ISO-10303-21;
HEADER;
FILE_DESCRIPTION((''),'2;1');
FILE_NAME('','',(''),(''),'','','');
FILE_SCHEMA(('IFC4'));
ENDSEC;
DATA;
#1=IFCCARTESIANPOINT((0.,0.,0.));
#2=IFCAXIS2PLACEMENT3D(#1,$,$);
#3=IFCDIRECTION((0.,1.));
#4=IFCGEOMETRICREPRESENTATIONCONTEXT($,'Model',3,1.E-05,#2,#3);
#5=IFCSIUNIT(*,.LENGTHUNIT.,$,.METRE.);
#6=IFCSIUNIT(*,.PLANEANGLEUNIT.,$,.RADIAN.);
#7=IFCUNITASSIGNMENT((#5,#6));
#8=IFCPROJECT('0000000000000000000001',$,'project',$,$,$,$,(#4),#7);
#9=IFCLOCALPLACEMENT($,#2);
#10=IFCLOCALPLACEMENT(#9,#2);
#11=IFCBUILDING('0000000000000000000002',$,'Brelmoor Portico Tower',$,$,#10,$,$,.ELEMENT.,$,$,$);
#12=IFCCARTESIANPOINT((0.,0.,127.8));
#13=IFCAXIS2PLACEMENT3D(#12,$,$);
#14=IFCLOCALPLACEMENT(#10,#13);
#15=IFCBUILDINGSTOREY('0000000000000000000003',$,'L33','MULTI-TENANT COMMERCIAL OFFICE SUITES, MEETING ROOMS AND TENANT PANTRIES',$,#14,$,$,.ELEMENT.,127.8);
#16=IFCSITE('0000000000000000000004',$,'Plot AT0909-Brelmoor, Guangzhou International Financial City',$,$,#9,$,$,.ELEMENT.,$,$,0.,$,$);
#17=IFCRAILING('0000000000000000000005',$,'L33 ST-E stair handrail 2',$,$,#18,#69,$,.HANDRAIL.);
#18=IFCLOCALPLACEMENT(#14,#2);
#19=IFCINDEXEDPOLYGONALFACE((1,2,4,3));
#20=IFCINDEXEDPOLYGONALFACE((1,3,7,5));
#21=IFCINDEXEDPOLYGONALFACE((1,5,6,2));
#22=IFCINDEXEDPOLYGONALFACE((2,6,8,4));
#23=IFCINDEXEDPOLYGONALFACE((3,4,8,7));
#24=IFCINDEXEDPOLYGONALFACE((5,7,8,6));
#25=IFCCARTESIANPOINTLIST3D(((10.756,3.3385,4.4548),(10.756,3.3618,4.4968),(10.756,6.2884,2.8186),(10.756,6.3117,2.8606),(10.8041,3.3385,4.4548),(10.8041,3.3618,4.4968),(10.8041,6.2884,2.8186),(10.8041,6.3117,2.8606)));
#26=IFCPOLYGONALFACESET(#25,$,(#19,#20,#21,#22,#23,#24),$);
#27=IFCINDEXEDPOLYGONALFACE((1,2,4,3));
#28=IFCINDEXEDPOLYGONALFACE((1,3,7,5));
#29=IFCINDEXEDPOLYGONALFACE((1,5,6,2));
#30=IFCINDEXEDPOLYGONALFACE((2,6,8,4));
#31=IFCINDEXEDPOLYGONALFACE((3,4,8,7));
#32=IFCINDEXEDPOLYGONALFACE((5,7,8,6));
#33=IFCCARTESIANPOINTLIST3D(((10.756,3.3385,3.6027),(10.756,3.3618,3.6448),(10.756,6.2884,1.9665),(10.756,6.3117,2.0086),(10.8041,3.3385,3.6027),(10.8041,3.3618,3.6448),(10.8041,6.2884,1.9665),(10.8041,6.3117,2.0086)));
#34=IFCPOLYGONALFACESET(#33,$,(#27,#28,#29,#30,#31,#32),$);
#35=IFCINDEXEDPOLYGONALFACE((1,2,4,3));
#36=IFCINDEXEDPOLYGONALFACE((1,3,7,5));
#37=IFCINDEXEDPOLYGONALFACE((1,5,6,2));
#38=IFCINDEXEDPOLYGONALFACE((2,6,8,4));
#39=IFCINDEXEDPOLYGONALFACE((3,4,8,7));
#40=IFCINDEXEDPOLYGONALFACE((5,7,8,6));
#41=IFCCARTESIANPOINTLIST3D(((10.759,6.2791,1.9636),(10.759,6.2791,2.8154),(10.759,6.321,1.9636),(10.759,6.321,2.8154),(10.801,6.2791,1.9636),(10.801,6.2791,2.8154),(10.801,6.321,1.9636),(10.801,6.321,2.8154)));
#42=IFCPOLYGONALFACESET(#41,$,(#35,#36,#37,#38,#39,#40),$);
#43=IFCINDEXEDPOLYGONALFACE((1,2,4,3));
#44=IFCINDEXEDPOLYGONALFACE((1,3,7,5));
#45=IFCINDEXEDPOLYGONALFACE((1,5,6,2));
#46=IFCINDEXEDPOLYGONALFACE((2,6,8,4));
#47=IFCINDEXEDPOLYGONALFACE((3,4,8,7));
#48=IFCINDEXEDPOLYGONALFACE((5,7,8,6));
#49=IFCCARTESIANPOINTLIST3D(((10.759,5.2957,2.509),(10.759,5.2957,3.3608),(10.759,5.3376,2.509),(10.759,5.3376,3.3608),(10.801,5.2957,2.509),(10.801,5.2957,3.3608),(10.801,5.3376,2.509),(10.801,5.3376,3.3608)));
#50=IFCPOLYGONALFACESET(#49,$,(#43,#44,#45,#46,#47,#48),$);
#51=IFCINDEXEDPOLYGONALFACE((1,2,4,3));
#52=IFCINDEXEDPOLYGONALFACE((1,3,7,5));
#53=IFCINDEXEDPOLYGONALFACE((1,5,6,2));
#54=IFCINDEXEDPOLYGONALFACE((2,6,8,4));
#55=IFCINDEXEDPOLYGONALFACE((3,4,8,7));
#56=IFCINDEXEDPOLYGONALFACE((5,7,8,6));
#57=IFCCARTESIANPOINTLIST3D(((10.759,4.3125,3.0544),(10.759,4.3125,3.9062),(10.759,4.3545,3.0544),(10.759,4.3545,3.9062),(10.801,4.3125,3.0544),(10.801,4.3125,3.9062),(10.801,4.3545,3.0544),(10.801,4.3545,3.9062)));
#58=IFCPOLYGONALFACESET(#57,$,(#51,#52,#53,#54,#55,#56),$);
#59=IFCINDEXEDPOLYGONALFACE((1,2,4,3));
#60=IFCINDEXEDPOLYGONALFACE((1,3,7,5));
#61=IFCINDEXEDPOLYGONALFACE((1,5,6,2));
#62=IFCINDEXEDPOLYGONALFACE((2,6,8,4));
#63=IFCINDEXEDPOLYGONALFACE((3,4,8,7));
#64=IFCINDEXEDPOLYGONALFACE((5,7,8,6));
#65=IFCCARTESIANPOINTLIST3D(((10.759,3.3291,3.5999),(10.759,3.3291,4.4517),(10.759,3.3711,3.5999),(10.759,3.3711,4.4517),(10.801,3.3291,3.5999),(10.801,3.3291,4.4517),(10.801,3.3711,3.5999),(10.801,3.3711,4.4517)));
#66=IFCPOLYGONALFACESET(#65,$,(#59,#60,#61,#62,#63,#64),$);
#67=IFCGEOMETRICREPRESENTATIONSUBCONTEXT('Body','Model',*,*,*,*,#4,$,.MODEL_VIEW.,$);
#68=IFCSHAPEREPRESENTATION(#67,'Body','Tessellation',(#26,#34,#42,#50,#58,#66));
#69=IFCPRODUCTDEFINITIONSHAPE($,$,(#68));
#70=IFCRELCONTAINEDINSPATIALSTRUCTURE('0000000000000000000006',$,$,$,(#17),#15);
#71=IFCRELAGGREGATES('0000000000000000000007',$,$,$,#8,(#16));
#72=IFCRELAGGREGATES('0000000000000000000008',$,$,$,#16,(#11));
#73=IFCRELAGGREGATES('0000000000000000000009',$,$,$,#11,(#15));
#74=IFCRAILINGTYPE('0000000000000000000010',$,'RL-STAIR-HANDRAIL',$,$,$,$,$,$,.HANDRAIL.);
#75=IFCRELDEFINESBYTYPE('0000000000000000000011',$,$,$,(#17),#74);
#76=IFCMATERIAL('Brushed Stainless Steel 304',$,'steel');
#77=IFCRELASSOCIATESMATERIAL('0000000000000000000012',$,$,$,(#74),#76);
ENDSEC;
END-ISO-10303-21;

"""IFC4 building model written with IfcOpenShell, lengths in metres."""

from ifc_helpers import new_model, si_unit, direction, frame, origin, origin_2d, place, context, subcontext, project, spatial, rectangle, extrude, material, type_object, element, save


model = new_model("IFC4")

# Units and contexts
model_context = context("Model", 3, precision=1e-05, world=origin(), true_north=direction((0.0, 1.0)))
body_context = subcontext(model_context, "Body", "Model", "MODEL_VIEW")
ifc_project = project(units=[si_unit("LENGTHUNIT", "METRE"), si_unit("PLANEANGLEUNIT", "RADIAN")], contexts=[model_context])

# Site, building, storey
site_placement = place(None, origin())
site = spatial("IfcSite", under=ifc_project, at=site_placement, Name="Plot AT0909-Brelmoor, Guangzhou International Financial City", CompositionType="ELEMENT", RefElevation=0.0)
building_placement = place(site_placement, origin())
building = spatial("IfcBuilding", under=site, at=building_placement, Name="Brelmoor Portico Tower", CompositionType="ELEMENT")
storey_placement = place(building_placement, frame((0.0, 0.0, 127.8)))
storey = spatial("IfcBuildingStorey", under=building, at=storey_placement, Name="L33", Description="MULTI-TENANT COMMERCIAL OFFICE SUITES, MEETING ROOMS AND TENANT PANTRIES", CompositionType="ELEMENT", Elevation=127.8)

# Railing
ifc_material_1 = material(Name="Brushed Stainless Steel 304", Category="steel")
railing_type_1 = type_object("IfcRailingType", Name="RL-STAIR-HANDRAIL", PredefinedType="HANDRAIL", material=ifc_material_1)
railing_1_placement = place(storey_placement, frame((10.78, 6.3, 1.9636)))
element("IfcRailing", 1, at=railing_1_placement, inside=storey, type_object=railing_type_1, Name="L33 ST-E stair handrail 2", PredefinedType="HANDRAIL", context=body_context, shape_type="SweptSolid", body=[
    extrude(rectangle(XDim=0.0481, YDim=0.0481, at=origin_2d()), frame((0.0, 0.0, 0.876), z_axis=(0.0, -0.874488, 0.485047), x_axis=(1.0, 0.0, 0.0)), (0.0, 0.0, 1.0), 3.3733),
    extrude(rectangle(XDim=0.0481, YDim=0.0481, at=origin_2d()), frame((0.0, 0.0, 0.0239), z_axis=(0.0, -0.874488, 0.485047), x_axis=(1.0, 0.0, 0.0)), (0.0, 0.0, 1.0), 3.3733),
    extrude(rectangle(XDim=0.042, YDim=0.042, at=origin_2d()), origin(), (0.0, 0.0, 1.0), 0.8518),
    extrude(rectangle(XDim=0.042, YDim=0.042, at=origin_2d()), frame((0.0, -0.9834, 0.5454)), (0.0, 0.0, 1.0), 0.8518),
    extrude(rectangle(XDim=0.042, YDim=0.042, at=origin_2d()), frame((0.0, -1.9666, 1.0908)), (0.0, 0.0, 1.0), 0.8518),
    extrude(rectangle(XDim=0.042, YDim=0.042, at=origin_2d()), frame((0.0, -2.95, 1.6362)), (0.0, 0.0, 1.0), 0.8518),
])

save(model, "model.ifc")
